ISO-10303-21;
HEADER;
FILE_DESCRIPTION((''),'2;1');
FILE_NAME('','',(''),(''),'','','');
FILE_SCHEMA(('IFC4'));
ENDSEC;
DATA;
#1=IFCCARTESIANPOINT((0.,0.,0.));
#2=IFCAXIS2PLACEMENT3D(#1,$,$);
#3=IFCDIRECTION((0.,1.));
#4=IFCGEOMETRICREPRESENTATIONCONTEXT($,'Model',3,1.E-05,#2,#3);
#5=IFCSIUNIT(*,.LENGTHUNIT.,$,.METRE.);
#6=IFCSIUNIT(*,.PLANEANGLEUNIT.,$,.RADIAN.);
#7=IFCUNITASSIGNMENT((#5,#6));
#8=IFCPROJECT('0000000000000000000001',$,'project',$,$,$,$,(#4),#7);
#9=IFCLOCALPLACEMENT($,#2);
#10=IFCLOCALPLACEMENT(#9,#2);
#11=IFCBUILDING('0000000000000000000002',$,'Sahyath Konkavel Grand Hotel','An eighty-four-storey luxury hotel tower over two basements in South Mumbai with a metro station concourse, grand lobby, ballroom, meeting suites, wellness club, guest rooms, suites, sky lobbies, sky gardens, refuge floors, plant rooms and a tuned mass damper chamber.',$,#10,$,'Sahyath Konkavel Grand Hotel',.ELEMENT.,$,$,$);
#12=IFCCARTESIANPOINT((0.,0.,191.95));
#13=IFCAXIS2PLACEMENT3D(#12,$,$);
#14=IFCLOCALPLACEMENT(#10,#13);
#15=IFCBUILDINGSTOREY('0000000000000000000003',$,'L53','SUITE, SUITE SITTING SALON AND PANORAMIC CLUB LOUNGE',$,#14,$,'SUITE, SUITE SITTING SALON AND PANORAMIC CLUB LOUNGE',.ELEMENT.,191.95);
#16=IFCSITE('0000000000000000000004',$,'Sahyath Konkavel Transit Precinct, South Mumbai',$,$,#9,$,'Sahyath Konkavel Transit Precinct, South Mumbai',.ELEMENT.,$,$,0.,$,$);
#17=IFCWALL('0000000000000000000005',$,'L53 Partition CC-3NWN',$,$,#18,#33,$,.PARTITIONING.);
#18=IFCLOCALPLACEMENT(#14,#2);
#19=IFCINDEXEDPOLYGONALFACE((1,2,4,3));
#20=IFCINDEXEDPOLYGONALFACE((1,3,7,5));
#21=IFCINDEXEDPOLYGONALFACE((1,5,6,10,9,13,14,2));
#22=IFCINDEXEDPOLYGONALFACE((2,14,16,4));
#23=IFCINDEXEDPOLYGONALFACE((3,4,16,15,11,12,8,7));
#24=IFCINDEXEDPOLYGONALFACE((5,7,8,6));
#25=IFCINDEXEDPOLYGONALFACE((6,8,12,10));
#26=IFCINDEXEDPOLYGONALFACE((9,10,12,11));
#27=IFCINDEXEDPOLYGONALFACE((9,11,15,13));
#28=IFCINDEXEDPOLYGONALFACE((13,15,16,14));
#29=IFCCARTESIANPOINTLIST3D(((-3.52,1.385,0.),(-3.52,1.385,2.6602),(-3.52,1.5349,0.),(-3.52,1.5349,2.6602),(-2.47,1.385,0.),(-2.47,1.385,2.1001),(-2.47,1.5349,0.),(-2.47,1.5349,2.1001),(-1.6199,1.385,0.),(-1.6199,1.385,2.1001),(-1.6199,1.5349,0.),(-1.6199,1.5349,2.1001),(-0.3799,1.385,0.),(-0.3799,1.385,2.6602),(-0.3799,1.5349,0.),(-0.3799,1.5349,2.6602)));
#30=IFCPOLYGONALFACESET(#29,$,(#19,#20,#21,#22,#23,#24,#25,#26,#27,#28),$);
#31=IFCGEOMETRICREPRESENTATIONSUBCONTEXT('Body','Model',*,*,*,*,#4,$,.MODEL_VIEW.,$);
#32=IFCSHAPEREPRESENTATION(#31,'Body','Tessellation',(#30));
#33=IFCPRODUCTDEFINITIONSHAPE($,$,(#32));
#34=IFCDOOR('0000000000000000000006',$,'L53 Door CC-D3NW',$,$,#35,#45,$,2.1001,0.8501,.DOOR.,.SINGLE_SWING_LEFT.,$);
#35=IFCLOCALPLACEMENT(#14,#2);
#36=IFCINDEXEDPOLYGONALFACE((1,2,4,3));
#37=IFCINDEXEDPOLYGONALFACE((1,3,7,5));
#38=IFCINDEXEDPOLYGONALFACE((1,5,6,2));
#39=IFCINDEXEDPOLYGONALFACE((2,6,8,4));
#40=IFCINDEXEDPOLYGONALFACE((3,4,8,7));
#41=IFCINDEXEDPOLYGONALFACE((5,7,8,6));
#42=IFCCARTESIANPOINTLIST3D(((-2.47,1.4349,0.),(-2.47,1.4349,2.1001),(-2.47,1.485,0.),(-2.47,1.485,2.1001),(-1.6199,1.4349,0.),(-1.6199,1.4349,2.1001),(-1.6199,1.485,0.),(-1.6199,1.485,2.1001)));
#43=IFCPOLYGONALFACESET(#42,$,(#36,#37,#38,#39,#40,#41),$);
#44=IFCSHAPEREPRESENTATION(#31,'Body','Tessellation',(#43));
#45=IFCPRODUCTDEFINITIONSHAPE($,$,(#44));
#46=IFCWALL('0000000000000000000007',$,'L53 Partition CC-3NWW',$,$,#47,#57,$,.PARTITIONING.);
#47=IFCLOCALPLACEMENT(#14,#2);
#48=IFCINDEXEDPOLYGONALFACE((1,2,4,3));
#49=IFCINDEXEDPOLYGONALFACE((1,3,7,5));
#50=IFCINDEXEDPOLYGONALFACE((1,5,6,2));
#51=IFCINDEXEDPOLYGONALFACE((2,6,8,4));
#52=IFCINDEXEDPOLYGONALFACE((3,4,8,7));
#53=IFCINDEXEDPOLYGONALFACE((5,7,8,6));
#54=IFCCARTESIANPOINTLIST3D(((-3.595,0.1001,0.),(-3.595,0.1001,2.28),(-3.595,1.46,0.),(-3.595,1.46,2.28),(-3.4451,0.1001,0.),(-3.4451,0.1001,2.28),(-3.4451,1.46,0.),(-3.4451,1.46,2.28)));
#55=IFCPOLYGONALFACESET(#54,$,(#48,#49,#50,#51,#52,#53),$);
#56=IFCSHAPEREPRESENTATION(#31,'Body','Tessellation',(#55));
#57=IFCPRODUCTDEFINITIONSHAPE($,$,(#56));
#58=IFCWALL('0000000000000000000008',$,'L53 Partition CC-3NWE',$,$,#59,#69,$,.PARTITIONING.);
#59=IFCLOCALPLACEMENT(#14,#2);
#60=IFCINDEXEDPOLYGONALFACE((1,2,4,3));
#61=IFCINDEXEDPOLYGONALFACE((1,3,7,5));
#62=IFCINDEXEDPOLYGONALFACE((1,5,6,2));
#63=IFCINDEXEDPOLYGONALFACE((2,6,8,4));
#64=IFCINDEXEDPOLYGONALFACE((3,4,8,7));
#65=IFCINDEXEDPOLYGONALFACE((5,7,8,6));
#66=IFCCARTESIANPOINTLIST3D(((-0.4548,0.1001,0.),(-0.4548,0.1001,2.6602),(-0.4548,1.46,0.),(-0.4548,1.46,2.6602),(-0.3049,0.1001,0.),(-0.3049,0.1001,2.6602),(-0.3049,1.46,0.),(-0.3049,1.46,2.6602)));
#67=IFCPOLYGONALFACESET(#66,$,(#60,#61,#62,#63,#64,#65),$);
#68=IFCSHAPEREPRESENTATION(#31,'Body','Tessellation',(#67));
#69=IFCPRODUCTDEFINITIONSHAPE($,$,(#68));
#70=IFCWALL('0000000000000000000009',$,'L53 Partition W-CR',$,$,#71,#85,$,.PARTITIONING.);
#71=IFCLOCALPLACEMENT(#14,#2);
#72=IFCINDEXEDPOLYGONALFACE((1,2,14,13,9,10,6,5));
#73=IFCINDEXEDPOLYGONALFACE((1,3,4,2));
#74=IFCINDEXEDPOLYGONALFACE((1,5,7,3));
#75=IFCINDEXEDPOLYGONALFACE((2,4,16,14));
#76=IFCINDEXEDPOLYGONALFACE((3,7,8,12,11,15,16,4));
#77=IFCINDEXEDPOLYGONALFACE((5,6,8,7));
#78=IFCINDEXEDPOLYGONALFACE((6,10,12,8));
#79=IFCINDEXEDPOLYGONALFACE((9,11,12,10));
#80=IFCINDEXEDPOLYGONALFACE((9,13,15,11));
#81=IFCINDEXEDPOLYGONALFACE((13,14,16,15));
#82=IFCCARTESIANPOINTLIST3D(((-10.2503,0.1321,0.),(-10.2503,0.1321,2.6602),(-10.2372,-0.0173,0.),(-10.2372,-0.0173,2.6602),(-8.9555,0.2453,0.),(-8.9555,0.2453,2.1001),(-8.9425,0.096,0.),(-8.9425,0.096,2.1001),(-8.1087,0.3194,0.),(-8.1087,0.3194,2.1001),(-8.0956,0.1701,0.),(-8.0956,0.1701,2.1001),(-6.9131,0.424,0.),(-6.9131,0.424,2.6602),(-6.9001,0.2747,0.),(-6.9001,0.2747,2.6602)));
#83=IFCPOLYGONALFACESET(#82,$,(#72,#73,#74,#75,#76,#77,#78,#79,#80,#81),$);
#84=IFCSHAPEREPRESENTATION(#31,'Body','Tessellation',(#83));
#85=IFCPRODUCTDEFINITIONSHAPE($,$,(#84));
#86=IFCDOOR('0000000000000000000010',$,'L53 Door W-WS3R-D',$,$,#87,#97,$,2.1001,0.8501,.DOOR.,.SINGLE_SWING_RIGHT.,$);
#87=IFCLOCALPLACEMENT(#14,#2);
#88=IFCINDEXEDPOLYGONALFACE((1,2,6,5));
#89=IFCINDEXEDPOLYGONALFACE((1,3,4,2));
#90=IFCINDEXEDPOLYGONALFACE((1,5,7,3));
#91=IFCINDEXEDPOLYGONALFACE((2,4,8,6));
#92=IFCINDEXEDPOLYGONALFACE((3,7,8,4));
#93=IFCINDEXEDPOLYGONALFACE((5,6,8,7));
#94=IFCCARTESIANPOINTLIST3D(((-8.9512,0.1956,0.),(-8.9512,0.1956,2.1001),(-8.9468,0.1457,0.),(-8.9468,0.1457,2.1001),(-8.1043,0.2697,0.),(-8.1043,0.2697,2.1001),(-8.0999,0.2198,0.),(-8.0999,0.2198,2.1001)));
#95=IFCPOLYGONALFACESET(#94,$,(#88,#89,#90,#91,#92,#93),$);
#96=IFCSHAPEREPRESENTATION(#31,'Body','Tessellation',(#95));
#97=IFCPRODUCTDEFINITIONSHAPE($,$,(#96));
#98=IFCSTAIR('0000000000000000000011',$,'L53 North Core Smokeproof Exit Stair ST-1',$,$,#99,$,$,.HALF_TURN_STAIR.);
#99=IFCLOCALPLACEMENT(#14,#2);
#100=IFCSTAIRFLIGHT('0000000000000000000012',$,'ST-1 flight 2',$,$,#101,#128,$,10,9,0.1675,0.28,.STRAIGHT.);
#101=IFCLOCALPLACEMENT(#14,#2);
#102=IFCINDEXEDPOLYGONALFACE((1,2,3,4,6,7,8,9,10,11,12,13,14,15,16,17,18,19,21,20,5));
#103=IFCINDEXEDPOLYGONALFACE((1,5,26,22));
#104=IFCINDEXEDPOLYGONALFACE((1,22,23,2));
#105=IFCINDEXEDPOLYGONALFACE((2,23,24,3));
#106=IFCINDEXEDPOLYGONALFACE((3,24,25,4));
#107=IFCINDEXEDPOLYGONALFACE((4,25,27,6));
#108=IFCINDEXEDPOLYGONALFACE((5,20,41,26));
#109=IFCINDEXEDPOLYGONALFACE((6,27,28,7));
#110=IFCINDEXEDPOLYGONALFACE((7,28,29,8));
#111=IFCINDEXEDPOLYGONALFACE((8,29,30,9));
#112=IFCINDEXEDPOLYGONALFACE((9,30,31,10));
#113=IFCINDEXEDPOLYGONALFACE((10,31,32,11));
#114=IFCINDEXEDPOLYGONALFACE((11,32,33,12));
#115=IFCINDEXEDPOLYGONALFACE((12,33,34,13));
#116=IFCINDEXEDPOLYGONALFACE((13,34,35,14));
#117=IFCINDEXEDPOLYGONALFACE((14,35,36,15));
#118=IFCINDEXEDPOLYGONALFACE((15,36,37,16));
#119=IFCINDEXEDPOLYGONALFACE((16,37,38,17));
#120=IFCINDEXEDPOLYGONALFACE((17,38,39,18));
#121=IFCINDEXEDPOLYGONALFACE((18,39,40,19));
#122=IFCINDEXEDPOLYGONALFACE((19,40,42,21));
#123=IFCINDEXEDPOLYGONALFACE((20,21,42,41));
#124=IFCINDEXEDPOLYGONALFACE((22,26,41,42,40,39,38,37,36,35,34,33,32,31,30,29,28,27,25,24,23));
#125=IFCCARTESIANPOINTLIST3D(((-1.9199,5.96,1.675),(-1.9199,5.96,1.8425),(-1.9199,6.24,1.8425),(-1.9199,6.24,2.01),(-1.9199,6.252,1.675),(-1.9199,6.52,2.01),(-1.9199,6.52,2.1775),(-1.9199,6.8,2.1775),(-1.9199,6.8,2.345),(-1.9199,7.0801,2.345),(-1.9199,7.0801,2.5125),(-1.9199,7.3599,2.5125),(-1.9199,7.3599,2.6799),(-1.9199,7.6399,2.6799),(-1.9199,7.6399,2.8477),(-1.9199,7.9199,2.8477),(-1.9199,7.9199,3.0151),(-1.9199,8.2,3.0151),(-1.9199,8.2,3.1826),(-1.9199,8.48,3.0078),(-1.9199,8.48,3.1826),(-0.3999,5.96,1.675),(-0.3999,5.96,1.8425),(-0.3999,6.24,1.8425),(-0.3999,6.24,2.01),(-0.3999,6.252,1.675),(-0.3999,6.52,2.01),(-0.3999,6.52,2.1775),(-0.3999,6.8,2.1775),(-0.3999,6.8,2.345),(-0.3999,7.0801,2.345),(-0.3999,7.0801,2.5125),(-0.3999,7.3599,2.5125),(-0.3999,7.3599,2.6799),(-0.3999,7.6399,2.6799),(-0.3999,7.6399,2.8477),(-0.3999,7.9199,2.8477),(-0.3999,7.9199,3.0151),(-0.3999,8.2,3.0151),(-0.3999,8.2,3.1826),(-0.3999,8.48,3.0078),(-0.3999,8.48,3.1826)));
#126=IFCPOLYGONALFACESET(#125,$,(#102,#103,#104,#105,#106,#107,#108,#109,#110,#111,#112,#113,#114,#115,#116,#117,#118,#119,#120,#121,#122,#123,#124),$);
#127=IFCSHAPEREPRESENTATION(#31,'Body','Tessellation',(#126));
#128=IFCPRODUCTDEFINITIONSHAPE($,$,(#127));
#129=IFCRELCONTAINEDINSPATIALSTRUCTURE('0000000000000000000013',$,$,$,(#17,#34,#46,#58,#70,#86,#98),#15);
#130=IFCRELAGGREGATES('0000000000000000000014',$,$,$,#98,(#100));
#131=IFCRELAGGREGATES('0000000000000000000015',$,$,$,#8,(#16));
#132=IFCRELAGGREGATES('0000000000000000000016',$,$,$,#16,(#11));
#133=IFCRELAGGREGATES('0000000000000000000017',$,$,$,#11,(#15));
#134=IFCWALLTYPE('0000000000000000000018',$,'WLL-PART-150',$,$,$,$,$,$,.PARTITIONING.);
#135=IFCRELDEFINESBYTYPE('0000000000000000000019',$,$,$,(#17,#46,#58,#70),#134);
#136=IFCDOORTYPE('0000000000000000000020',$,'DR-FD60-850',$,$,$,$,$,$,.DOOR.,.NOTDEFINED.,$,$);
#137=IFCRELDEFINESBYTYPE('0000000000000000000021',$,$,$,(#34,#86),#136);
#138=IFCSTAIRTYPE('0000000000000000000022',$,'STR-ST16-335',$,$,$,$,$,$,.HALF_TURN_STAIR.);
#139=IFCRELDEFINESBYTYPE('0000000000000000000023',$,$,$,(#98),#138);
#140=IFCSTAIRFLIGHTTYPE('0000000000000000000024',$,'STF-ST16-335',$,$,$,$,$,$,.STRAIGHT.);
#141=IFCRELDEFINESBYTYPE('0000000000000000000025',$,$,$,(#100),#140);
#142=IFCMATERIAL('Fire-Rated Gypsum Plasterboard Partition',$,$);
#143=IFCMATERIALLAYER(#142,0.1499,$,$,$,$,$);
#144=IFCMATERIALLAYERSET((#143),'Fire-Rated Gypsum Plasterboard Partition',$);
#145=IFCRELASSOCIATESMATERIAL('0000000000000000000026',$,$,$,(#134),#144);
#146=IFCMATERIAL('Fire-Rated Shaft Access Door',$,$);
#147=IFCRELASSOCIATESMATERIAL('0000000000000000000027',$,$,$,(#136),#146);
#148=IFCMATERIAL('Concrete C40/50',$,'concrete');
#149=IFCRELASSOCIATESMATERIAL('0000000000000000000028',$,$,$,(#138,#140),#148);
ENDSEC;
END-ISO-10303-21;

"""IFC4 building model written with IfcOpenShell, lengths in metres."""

from ifc_helpers import new_model, si_unit, direction, frame, frame_2d, origin, origin_2d, place, context, subcontext, project, spatial, polyline, rectangle, outline, extrude, source, transform, mapped, material, layer, layer_set, type_object, element, fill, aggregate, save


model = new_model("IFC4")

# Units and contexts
model_context = context("Model", 3, precision=1e-05, world=origin(), true_north=direction((0.0, 1.0)))
body_context = subcontext(model_context, "Body", "Model", "MODEL_VIEW")
ifc_project = project(units=[si_unit("LENGTHUNIT", "METRE"), si_unit("PLANEANGLEUNIT", "RADIAN")], contexts=[model_context])

# Site, building, storey
site_placement = place(None, origin())
site = spatial("IfcSite", under=ifc_project, at=site_placement, Name="Sahyath Konkavel Transit Precinct, South Mumbai", LongName="Sahyath Konkavel Transit Precinct, South Mumbai", CompositionType="ELEMENT", RefElevation=0.0)
building_placement = place(site_placement, origin())
building = spatial("IfcBuilding", under=site, at=building_placement, Name="Sahyath Konkavel Grand Hotel", Description="An eighty-four-storey luxury hotel tower over two basements in South Mumbai with a metro station concourse, grand lobby, ballroom, meeting suites, wellness club, guest rooms, suites, sky lobbies, sky gardens, refuge floors, plant rooms and a tuned mass damper chamber.", LongName="Sahyath Konkavel Grand Hotel", CompositionType="ELEMENT")
storey_placement = place(building_placement, frame((0.0, 0.0, 191.95)))
storey = spatial("IfcBuildingStorey", under=building, at=storey_placement, Name="L53", Description="SUITE, SUITE SITTING SALON AND PANORAMIC CLUB LOUNGE", LongName="SUITE, SUITE SITTING SALON AND PANORAMIC CLUB LOUNGE", CompositionType="ELEMENT", Elevation=191.95)

# Shared definitions
ifc_material_1 = material(Name="Concrete C40/50", Category="concrete")

# Shared definitions
ifc_material_2 = material(Name="Fire-Rated Gypsum Plasterboard Partition")
ifc_layer_1 = layer(ifc_material_2, 0.1499)
ifc_layer_set_1 = layer_set([ifc_layer_1], Name="Fire-Rated Gypsum Plasterboard Partition")
wall_type_1 = type_object("IfcWallType", Name="WLL-PART-150", PredefinedType="PARTITIONING", material=ifc_layer_set_1)

# Wall, opening, door
wall_1_placement = place(storey_placement, frame((-3.52, 1.46, 0.0), z_axis=(0.0, 0.0, 1.0), x_axis=(1.0, 0.0, 0.0)))
wall_1 = element("IfcWall", 1, at=wall_1_placement, inside=storey, type_object=wall_type_1, Name="L53 Partition CC-3NWN", PredefinedType="PARTITIONING", context=body_context, shape_type="SweptSolid", body=[
    extrude(rectangle(XDim=3.1401, YDim=0.1499, at=frame_2d((1.5701, 0.0))), origin(), (0.0, 0.0, 1.0), 2.6602),
])
opening_1_placement = place(wall_1_placement, frame((1.05, 0.0, 0.0)))
opening_1 = element("IfcOpeningElement", 2, at=opening_1_placement, cuts=wall_1, PredefinedType="OPENING", context=body_context, shape_type="SweptSolid", body=[
    extrude(rectangle(XDim=0.8501, YDim=2.1001, at=frame_2d((0.425, 1.05))), frame((0.0, 0.085, 0.0), z_axis=(0.0, -1.0, 0.0), x_axis=(1.0, 0.0, 0.0)), (0.0, 0.0, 1.0), 0.1699),
])
ifc_material_3 = material(Name="Fire-Rated Shaft Access Door")
door_type_1 = type_object("IfcDoorType", Name="DR-FD60-850", OperationType="NOTDEFINED", PredefinedType="DOOR", material=ifc_material_3)
shared_shape_1 = source(origin(), body_context, "Body", "SweptSolid", [
    extrude(rectangle(XDim=0.8501, YDim=0.05, at=origin_2d()), origin(), (0.0, 0.0, 1.0), 2.1001),
])
door_1_placement = place(opening_1_placement, frame((0.425, 0.0, 0.0)))
door_1 = element("IfcDoor", 3, at=door_1_placement, inside=storey, type_object=door_type_1, Name="L53 Door CC-D3NW", OperationType="SINGLE_SWING_LEFT", OverallHeight=2.1001, OverallWidth=0.8501, PredefinedType="DOOR", context=body_context, shape_type="MappedRepresentation", body=[
    mapped(shared_shape_1, transform((0.0, 0.0, 0.0), scale=1.0)),
])
fill(opening_1, door_1)

# Walls
wall_2_placement = place(storey_placement, frame((-3.52, 0.1001, 0.0), z_axis=(0.0, 0.0, 1.0), x_axis=(0.0, 1.0, 0.0)))
element("IfcWall", 4, at=wall_2_placement, inside=storey, type_object=wall_type_1, Name="L53 Partition CC-3NWW", PredefinedType="PARTITIONING", context=body_context, shape_type="SweptSolid", body=[
    extrude(rectangle(XDim=1.3599, YDim=0.1499, at=frame_2d((0.6799, 0.0))), origin(), (0.0, 0.0, 1.0), 2.28),
])
wall_3_placement = place(storey_placement, frame((-0.3799, 0.1001, 0.0), z_axis=(0.0, 0.0, 1.0), x_axis=(0.0, 1.0, 0.0)))
element("IfcWall", 5, at=wall_3_placement, inside=storey, type_object=wall_type_1, Name="L53 Partition CC-3NWE", PredefinedType="PARTITIONING", context=body_context, shape_type="SweptSolid", body=[
    extrude(rectangle(XDim=1.3599, YDim=0.1499, at=frame_2d((0.6799, 0.0))), origin(), (0.0, 0.0, 1.0), 2.6602),
])

# Wall, opening, door
wall_4_placement = place(storey_placement, frame((-6.9067, 0.3494, 0.0), z_axis=(0.0, 0.0, 1.0), x_axis=(-0.996194, -0.087164, 0.0)))
wall_4 = element("IfcWall", 6, at=wall_4_placement, inside=storey, type_object=wall_type_1, Name="L53 Partition W-CR", PredefinedType="PARTITIONING", context=body_context, shape_type="SweptSolid", body=[
    extrude(rectangle(XDim=3.3499, YDim=0.1499, at=frame_2d((1.6748, 0.0))), origin(), (0.0, 0.0, 1.0), 2.6602),
])
opening_2_placement = place(wall_4_placement, frame((1.2, 0.0, 0.0)))
opening_2 = element("IfcOpeningElement", 7, at=opening_2_placement, cuts=wall_4, PredefinedType="OPENING", context=body_context, shape_type="SweptSolid", body=[
    extrude(rectangle(XDim=0.8501, YDim=2.1001, at=frame_2d((0.425, 1.05))), frame((0.0, 0.085, 0.0), z_axis=(0.0, -1.0, 0.0), x_axis=(1.0, 0.0, 0.0)), (0.0, 0.0, 1.0), 0.1699),
])
door_2_placement = place(opening_2_placement, frame((0.425, 0.0, 0.0)))
door_2 = element("IfcDoor", 8, at=door_2_placement, inside=storey, type_object=door_type_1, Name="L53 Door W-WS3R-D", OperationType="SINGLE_SWING_RIGHT", OverallHeight=2.1001, OverallWidth=0.8501, PredefinedType="DOOR", context=body_context, shape_type="MappedRepresentation", body=[
    mapped(shared_shape_1, transform((0.0, 0.0, 0.0), scale=1.0)),
])
fill(opening_2, door_2)

# Stair, stair flight
stair_type = type_object("IfcStairType", Name="STR-ST16-335", PredefinedType="HALF_TURN_STAIR", material=ifc_material_1)
stair_placement = place(storey_placement, origin())
stair = element("IfcStair", 9, at=stair_placement, inside=storey, type_object=stair_type, Name="L53 North Core Smokeproof Exit Stair ST-1", PredefinedType="HALF_TURN_STAIR")
stair_flight_type = type_object("IfcStairFlightType", Name="STF-ST16-335", PredefinedType="STRAIGHT", material=ifc_material_1)
stair_flight_placement = place(storey_placement, frame((-1.1599, 5.96, 1.675), z_axis=(0.0, 0.0, 1.0), x_axis=(0.0, 1.0, 0.0)))
stair_flight = element("IfcStairFlight", 10, at=stair_flight_placement, type_object=stair_flight_type, Name="ST-1 flight 2", NumberOfRisers=10, NumberOfTreads=9, PredefinedType="STRAIGHT", RiserHeight=0.1675, TreadLength=0.28, context=body_context, shape_type="SweptSolid", body=[
    extrude(outline(polyline([(0.0, 0.0), (0.0, 0.1675), (0.28, 0.1675), (0.28, 0.335), (0.5601, 0.335), (0.5601, 0.5024), (0.8401, 0.5024), (0.8401, 0.6699), (1.1201, 0.6699), (1.1201, 0.8374), (1.3999, 0.8374), (1.3999, 1.0049), (1.6799, 1.0049), (1.6799, 1.1726), (1.96, 1.1726), (1.96, 1.3401), (2.24, 1.3401), (2.24, 1.5076), (2.52, 1.5076), (2.52, 1.675), (2.52, 1.3328), (0.292, 0.0), (0.0, 0.0)])), frame((0.0, 0.76, 0.0), z_axis=(0.0, -1.0, 0.0), x_axis=(1.0, 0.0, 0.0)), (0.0, 0.0, 1.0), 1.52),
])
aggregate(stair, [stair_flight])

save(model, "model.ifc")
